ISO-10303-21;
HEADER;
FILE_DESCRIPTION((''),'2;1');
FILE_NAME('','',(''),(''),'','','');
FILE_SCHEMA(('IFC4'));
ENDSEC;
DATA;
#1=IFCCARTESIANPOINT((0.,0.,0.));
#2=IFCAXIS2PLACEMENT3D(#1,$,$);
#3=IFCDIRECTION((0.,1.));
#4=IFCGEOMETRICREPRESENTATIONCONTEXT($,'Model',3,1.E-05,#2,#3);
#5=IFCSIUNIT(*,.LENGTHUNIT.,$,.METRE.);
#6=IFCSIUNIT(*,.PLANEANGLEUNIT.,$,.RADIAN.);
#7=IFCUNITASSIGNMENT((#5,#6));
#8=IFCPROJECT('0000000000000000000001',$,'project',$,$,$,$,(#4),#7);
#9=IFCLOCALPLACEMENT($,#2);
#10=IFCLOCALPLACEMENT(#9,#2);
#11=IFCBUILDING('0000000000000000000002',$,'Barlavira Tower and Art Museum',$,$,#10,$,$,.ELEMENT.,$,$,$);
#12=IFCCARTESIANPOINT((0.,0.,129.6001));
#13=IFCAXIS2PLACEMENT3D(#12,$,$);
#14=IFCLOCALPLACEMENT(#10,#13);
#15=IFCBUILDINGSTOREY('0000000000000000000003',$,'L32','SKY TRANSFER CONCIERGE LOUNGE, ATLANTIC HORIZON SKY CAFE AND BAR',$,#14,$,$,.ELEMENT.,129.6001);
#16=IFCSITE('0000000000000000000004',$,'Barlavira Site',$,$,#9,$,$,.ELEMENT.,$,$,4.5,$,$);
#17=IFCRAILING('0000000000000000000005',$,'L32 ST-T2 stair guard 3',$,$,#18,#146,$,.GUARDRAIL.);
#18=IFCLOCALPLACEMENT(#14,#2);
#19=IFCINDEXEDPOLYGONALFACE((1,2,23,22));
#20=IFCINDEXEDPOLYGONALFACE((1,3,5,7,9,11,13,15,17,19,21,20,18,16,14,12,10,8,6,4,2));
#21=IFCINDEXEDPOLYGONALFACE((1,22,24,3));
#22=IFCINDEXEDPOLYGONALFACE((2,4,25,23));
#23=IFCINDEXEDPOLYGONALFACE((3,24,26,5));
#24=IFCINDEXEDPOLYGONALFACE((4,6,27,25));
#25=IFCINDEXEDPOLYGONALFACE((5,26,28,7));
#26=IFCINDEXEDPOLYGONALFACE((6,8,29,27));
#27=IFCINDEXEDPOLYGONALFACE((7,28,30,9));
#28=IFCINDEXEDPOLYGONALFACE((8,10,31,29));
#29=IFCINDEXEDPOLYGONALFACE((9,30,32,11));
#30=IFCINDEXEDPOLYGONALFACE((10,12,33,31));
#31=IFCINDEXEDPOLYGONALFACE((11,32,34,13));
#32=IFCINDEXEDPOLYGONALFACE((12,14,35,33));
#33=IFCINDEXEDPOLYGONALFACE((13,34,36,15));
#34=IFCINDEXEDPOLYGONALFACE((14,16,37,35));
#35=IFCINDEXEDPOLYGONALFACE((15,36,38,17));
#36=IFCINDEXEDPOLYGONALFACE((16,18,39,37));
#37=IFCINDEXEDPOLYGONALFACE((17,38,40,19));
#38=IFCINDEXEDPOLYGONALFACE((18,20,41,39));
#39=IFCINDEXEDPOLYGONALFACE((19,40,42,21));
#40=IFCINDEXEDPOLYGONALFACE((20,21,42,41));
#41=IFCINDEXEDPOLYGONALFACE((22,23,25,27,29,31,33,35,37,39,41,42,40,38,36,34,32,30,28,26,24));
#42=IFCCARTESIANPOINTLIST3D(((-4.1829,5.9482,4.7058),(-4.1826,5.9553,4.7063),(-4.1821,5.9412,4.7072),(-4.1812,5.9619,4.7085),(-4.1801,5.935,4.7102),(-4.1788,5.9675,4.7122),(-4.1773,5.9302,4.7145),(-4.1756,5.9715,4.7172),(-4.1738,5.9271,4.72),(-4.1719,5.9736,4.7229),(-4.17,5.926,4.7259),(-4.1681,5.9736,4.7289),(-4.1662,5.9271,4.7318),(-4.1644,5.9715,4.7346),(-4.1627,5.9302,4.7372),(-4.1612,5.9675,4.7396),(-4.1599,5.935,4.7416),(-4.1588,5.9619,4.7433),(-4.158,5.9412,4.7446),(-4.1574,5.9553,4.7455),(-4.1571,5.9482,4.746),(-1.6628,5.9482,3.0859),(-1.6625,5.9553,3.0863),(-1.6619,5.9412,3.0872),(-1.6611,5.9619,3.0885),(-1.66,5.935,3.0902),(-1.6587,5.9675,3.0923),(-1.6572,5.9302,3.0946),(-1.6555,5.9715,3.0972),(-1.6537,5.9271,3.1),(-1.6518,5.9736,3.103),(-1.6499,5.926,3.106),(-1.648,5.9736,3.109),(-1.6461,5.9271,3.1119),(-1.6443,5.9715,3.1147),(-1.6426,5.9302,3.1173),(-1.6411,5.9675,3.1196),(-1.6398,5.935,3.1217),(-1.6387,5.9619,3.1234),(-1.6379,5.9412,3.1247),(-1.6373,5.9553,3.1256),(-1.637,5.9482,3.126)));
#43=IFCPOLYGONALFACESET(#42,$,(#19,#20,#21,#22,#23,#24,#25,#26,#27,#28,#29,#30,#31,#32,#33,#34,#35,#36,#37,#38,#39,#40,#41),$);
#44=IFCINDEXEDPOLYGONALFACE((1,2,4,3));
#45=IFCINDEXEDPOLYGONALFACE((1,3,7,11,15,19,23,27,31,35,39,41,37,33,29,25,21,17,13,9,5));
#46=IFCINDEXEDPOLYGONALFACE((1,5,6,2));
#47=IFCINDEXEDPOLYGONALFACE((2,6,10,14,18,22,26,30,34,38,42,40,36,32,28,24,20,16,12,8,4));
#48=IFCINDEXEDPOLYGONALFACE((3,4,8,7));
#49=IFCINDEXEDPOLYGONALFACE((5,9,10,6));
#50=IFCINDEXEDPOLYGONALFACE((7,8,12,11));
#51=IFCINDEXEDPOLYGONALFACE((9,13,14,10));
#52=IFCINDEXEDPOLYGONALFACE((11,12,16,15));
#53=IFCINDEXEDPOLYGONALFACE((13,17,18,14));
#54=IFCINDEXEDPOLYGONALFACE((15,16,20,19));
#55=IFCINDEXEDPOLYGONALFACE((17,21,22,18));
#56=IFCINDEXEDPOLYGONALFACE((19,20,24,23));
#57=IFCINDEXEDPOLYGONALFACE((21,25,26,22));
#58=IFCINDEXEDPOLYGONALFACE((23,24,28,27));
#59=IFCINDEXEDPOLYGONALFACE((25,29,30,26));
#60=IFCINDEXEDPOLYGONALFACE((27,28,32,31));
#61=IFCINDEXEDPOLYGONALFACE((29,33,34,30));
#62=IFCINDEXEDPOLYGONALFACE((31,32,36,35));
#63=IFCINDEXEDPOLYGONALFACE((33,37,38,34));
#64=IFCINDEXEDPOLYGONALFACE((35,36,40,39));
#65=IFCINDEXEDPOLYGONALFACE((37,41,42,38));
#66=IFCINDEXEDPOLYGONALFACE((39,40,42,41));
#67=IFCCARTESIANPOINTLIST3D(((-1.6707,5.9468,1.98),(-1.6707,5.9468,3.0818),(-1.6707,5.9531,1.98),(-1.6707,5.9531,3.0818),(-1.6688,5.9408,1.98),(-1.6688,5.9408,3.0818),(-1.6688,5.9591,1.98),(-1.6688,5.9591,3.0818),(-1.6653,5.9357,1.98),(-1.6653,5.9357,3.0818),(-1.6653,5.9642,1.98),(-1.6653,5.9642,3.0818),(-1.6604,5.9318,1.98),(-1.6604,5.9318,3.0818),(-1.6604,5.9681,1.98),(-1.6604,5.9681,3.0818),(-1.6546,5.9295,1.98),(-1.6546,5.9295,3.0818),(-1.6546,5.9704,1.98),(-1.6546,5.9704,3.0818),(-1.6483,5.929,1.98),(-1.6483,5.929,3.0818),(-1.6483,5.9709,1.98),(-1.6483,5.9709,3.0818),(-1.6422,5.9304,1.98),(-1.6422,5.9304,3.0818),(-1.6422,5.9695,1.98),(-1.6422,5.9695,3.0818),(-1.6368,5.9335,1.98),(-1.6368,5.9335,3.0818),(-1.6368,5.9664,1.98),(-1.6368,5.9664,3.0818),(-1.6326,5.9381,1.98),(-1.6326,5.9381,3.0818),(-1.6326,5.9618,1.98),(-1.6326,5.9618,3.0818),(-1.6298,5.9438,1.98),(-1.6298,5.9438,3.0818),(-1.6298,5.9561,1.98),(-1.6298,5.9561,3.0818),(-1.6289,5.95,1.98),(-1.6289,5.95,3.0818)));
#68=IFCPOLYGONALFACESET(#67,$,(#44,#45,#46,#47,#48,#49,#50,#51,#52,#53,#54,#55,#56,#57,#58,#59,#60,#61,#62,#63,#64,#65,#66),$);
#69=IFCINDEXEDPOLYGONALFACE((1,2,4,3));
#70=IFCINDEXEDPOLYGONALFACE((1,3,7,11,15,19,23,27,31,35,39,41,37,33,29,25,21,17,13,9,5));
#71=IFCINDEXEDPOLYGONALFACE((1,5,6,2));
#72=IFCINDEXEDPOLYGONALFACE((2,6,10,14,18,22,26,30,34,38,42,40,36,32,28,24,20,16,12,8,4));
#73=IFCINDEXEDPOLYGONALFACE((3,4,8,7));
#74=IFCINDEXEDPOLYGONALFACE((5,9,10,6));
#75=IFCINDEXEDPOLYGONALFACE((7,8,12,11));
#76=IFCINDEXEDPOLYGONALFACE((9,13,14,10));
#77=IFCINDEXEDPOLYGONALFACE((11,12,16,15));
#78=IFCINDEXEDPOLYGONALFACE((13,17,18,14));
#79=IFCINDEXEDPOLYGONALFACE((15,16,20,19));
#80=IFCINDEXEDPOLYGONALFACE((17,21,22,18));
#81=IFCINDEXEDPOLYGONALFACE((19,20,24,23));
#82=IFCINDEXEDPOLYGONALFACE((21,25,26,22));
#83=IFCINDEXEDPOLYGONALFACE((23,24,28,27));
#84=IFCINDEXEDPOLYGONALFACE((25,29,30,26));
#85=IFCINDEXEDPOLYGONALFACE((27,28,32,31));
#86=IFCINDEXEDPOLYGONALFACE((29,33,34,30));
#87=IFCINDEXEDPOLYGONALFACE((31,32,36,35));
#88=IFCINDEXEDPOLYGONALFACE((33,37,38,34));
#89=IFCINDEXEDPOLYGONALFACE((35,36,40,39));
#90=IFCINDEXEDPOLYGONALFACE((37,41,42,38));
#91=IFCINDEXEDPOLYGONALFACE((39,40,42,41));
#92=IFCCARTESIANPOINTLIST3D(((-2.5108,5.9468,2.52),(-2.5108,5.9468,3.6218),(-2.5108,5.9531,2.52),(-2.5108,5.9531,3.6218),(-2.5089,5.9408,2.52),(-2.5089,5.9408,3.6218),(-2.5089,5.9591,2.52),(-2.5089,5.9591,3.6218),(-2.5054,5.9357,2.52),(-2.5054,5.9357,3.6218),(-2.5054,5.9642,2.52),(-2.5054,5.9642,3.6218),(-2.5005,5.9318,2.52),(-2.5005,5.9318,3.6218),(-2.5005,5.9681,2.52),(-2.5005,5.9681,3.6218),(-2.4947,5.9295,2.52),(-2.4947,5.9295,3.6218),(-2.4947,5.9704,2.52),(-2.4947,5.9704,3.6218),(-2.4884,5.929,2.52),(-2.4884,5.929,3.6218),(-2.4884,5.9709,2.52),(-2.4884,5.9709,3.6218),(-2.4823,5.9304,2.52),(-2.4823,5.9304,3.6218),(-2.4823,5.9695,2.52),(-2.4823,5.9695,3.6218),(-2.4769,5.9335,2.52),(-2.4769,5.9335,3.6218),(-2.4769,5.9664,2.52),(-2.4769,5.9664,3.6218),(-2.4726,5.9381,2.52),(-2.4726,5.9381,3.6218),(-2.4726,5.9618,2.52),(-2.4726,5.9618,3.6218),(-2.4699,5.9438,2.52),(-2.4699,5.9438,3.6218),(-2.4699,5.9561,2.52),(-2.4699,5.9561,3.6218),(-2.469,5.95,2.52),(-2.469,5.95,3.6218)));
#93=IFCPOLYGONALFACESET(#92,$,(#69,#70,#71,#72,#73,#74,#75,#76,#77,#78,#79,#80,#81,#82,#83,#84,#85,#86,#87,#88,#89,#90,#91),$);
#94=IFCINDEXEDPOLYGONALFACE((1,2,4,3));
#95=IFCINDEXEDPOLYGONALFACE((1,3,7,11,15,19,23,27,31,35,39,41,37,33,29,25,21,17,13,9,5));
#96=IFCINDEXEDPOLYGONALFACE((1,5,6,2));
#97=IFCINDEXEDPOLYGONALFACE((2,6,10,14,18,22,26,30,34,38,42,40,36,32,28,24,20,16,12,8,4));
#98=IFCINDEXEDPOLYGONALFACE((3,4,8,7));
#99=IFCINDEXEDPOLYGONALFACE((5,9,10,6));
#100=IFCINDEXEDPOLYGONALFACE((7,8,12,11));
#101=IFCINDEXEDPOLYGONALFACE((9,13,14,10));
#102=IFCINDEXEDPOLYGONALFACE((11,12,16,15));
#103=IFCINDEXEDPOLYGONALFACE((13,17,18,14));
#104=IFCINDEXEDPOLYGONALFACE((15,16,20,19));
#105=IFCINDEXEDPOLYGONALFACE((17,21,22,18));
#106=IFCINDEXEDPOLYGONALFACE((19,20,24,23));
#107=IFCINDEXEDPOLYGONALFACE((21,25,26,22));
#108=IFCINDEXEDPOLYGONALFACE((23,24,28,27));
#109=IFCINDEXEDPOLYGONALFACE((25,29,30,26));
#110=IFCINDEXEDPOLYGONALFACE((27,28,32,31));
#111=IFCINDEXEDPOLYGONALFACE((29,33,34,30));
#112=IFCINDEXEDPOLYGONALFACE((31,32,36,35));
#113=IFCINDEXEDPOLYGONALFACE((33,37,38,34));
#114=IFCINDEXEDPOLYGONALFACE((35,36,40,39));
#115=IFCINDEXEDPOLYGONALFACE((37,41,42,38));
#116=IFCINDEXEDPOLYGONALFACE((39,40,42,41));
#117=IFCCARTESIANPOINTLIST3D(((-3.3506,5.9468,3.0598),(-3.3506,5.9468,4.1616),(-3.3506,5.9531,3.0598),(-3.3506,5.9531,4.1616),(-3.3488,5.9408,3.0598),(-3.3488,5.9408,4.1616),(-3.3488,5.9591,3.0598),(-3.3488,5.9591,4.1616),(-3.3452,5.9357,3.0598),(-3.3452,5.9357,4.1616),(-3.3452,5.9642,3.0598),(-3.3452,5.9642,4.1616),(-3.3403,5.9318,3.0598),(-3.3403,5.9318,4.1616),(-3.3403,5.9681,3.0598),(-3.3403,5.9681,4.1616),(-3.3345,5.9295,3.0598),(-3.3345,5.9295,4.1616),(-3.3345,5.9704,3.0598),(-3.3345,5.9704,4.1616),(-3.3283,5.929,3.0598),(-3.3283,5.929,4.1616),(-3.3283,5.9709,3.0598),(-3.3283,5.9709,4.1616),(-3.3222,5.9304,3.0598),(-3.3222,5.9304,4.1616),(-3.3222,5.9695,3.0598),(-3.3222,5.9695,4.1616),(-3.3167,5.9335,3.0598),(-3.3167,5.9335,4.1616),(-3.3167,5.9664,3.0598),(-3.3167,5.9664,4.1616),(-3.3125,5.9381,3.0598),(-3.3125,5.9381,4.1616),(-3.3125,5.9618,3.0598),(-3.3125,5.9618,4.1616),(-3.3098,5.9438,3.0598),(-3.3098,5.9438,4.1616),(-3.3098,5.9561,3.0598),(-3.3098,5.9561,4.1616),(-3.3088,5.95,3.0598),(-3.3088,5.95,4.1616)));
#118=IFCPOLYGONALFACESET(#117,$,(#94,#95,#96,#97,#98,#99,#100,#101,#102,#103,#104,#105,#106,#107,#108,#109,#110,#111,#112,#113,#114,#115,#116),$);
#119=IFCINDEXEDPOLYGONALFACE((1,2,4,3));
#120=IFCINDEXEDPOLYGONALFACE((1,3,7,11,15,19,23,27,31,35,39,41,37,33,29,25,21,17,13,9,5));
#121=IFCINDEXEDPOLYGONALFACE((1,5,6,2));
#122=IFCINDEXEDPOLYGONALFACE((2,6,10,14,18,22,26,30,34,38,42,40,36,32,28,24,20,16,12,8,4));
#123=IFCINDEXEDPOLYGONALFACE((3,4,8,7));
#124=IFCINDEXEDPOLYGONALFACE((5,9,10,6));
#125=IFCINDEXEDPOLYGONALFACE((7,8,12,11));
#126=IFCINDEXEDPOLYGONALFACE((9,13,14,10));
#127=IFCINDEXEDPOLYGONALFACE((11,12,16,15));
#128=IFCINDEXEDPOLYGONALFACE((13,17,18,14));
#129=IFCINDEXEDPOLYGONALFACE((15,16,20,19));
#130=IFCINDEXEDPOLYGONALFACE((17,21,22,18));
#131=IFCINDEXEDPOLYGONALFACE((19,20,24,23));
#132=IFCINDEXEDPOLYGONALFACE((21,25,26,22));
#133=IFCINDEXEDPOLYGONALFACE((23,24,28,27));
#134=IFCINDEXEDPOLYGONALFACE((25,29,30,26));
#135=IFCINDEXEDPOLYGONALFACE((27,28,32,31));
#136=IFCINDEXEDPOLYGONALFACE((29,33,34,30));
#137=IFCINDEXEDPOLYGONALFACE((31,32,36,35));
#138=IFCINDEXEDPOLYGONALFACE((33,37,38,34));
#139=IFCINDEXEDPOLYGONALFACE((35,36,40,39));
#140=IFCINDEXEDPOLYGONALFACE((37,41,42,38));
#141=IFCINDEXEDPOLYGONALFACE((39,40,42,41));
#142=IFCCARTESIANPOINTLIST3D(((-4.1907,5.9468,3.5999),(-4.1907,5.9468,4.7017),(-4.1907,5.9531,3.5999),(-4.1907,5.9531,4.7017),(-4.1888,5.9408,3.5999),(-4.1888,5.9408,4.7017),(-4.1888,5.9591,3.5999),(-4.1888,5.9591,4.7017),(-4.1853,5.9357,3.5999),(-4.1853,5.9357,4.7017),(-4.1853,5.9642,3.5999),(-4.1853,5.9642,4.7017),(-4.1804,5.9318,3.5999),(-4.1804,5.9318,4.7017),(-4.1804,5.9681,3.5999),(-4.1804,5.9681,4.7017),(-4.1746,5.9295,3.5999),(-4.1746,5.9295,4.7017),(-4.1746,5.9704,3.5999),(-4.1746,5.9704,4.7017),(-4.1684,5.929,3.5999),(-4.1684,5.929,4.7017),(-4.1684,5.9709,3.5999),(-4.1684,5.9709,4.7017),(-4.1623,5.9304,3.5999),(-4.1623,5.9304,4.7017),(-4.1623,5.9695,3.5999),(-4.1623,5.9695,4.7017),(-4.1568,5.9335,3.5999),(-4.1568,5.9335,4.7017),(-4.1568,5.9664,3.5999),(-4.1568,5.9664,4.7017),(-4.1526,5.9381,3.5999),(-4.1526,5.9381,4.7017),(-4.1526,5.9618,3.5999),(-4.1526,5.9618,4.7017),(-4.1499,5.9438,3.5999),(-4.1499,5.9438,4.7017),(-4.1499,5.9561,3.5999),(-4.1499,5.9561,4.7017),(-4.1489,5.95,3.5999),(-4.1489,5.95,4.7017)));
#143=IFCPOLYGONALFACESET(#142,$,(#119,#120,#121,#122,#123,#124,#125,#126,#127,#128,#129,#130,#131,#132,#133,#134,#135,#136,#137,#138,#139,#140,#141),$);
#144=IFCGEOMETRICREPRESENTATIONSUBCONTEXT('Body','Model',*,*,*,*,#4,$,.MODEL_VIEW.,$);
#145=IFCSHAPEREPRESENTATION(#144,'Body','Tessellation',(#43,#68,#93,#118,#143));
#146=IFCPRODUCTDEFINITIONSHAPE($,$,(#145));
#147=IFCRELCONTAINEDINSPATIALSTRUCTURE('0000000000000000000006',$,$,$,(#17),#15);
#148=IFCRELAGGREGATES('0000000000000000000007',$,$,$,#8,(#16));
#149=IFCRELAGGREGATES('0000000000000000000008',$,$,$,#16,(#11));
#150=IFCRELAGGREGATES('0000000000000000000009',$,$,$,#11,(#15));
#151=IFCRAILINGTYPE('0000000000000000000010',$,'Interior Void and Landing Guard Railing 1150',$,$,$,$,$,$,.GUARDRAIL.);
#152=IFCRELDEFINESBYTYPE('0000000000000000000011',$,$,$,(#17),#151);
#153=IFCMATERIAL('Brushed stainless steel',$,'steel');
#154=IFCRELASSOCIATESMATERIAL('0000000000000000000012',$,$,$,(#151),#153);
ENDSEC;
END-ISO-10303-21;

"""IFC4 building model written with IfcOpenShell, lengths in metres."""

from ifc_helpers import new_model, si_unit, direction, frame, origin, origin_2d, place, context, subcontext, project, spatial, circle, extrude, material, type_object, element, save


model = new_model("IFC4")

# Units and contexts
model_context = context("Model", 3, precision=1e-05, world=origin(), true_north=direction((0.0, 1.0)))
body_context = subcontext(model_context, "Body", "Model", "MODEL_VIEW")
ifc_project = project(units=[si_unit("LENGTHUNIT", "METRE"), si_unit("PLANEANGLEUNIT", "RADIAN")], contexts=[model_context])

# Site, building, storey
site_placement = place(None, origin())
site = spatial("IfcSite", under=ifc_project, at=site_placement, Name="Barlavira Site", CompositionType="ELEMENT", RefElevation=4.5)
building_placement = place(site_placement, origin())
building = spatial("IfcBuilding", under=site, at=building_placement, Name="Barlavira Tower and Art Museum", CompositionType="ELEMENT")
storey_placement = place(building_placement, frame((0.0, 0.0, 129.6001)))
storey = spatial("IfcBuildingStorey", under=building, at=storey_placement, Name="L32", Description="SKY TRANSFER CONCIERGE LOUNGE, ATLANTIC HORIZON SKY CAFE AND BAR", CompositionType="ELEMENT", Elevation=129.6001)

# Shared definitions
ifc_material_1 = material(Name="Brushed stainless steel", Category="steel")

# Railing
railing_type_1 = type_object("IfcRailingType", Name="Interior Void and Landing Guard Railing 1150", PredefinedType="GUARDRAIL", material=ifc_material_1)
railing_1_placement = place(storey_placement, frame((-1.6499, 5.95, 1.98)))
element("IfcRailing", 1, at=railing_1_placement, inside=storey, type_object=railing_type_1, Name="L32 ST-T2 stair guard 3", PredefinedType="GUARDRAIL", context=body_context, shape_type="SweptSolid", body=[
    extrude(circle(Radius=0.0239, at=origin_2d()), frame((0.0, 0.0, 1.126), z_axis=(-0.8412, 0.0, 0.540725), x_axis=(0.0, -1.0, 0.0)), (0.0, 0.0, 1.0), 2.9958),
    extrude(circle(Radius=0.021, at=origin_2d()), origin(), (0.0, 0.0, 1.0), 1.1018),
    extrude(circle(Radius=0.021, at=origin_2d()), frame((-0.8401, 0.0, 0.54)), (0.0, 0.0, 1.0), 1.1018),
    extrude(circle(Radius=0.021, at=origin_2d()), frame((-1.6799, 0.0, 1.0798)), (0.0, 0.0, 1.0), 1.1018),
    extrude(circle(Radius=0.021, at=origin_2d()), frame((-2.52, 0.0, 1.6199)), (0.0, 0.0, 1.0), 1.1018),
])

save(model, "model.ifc")
